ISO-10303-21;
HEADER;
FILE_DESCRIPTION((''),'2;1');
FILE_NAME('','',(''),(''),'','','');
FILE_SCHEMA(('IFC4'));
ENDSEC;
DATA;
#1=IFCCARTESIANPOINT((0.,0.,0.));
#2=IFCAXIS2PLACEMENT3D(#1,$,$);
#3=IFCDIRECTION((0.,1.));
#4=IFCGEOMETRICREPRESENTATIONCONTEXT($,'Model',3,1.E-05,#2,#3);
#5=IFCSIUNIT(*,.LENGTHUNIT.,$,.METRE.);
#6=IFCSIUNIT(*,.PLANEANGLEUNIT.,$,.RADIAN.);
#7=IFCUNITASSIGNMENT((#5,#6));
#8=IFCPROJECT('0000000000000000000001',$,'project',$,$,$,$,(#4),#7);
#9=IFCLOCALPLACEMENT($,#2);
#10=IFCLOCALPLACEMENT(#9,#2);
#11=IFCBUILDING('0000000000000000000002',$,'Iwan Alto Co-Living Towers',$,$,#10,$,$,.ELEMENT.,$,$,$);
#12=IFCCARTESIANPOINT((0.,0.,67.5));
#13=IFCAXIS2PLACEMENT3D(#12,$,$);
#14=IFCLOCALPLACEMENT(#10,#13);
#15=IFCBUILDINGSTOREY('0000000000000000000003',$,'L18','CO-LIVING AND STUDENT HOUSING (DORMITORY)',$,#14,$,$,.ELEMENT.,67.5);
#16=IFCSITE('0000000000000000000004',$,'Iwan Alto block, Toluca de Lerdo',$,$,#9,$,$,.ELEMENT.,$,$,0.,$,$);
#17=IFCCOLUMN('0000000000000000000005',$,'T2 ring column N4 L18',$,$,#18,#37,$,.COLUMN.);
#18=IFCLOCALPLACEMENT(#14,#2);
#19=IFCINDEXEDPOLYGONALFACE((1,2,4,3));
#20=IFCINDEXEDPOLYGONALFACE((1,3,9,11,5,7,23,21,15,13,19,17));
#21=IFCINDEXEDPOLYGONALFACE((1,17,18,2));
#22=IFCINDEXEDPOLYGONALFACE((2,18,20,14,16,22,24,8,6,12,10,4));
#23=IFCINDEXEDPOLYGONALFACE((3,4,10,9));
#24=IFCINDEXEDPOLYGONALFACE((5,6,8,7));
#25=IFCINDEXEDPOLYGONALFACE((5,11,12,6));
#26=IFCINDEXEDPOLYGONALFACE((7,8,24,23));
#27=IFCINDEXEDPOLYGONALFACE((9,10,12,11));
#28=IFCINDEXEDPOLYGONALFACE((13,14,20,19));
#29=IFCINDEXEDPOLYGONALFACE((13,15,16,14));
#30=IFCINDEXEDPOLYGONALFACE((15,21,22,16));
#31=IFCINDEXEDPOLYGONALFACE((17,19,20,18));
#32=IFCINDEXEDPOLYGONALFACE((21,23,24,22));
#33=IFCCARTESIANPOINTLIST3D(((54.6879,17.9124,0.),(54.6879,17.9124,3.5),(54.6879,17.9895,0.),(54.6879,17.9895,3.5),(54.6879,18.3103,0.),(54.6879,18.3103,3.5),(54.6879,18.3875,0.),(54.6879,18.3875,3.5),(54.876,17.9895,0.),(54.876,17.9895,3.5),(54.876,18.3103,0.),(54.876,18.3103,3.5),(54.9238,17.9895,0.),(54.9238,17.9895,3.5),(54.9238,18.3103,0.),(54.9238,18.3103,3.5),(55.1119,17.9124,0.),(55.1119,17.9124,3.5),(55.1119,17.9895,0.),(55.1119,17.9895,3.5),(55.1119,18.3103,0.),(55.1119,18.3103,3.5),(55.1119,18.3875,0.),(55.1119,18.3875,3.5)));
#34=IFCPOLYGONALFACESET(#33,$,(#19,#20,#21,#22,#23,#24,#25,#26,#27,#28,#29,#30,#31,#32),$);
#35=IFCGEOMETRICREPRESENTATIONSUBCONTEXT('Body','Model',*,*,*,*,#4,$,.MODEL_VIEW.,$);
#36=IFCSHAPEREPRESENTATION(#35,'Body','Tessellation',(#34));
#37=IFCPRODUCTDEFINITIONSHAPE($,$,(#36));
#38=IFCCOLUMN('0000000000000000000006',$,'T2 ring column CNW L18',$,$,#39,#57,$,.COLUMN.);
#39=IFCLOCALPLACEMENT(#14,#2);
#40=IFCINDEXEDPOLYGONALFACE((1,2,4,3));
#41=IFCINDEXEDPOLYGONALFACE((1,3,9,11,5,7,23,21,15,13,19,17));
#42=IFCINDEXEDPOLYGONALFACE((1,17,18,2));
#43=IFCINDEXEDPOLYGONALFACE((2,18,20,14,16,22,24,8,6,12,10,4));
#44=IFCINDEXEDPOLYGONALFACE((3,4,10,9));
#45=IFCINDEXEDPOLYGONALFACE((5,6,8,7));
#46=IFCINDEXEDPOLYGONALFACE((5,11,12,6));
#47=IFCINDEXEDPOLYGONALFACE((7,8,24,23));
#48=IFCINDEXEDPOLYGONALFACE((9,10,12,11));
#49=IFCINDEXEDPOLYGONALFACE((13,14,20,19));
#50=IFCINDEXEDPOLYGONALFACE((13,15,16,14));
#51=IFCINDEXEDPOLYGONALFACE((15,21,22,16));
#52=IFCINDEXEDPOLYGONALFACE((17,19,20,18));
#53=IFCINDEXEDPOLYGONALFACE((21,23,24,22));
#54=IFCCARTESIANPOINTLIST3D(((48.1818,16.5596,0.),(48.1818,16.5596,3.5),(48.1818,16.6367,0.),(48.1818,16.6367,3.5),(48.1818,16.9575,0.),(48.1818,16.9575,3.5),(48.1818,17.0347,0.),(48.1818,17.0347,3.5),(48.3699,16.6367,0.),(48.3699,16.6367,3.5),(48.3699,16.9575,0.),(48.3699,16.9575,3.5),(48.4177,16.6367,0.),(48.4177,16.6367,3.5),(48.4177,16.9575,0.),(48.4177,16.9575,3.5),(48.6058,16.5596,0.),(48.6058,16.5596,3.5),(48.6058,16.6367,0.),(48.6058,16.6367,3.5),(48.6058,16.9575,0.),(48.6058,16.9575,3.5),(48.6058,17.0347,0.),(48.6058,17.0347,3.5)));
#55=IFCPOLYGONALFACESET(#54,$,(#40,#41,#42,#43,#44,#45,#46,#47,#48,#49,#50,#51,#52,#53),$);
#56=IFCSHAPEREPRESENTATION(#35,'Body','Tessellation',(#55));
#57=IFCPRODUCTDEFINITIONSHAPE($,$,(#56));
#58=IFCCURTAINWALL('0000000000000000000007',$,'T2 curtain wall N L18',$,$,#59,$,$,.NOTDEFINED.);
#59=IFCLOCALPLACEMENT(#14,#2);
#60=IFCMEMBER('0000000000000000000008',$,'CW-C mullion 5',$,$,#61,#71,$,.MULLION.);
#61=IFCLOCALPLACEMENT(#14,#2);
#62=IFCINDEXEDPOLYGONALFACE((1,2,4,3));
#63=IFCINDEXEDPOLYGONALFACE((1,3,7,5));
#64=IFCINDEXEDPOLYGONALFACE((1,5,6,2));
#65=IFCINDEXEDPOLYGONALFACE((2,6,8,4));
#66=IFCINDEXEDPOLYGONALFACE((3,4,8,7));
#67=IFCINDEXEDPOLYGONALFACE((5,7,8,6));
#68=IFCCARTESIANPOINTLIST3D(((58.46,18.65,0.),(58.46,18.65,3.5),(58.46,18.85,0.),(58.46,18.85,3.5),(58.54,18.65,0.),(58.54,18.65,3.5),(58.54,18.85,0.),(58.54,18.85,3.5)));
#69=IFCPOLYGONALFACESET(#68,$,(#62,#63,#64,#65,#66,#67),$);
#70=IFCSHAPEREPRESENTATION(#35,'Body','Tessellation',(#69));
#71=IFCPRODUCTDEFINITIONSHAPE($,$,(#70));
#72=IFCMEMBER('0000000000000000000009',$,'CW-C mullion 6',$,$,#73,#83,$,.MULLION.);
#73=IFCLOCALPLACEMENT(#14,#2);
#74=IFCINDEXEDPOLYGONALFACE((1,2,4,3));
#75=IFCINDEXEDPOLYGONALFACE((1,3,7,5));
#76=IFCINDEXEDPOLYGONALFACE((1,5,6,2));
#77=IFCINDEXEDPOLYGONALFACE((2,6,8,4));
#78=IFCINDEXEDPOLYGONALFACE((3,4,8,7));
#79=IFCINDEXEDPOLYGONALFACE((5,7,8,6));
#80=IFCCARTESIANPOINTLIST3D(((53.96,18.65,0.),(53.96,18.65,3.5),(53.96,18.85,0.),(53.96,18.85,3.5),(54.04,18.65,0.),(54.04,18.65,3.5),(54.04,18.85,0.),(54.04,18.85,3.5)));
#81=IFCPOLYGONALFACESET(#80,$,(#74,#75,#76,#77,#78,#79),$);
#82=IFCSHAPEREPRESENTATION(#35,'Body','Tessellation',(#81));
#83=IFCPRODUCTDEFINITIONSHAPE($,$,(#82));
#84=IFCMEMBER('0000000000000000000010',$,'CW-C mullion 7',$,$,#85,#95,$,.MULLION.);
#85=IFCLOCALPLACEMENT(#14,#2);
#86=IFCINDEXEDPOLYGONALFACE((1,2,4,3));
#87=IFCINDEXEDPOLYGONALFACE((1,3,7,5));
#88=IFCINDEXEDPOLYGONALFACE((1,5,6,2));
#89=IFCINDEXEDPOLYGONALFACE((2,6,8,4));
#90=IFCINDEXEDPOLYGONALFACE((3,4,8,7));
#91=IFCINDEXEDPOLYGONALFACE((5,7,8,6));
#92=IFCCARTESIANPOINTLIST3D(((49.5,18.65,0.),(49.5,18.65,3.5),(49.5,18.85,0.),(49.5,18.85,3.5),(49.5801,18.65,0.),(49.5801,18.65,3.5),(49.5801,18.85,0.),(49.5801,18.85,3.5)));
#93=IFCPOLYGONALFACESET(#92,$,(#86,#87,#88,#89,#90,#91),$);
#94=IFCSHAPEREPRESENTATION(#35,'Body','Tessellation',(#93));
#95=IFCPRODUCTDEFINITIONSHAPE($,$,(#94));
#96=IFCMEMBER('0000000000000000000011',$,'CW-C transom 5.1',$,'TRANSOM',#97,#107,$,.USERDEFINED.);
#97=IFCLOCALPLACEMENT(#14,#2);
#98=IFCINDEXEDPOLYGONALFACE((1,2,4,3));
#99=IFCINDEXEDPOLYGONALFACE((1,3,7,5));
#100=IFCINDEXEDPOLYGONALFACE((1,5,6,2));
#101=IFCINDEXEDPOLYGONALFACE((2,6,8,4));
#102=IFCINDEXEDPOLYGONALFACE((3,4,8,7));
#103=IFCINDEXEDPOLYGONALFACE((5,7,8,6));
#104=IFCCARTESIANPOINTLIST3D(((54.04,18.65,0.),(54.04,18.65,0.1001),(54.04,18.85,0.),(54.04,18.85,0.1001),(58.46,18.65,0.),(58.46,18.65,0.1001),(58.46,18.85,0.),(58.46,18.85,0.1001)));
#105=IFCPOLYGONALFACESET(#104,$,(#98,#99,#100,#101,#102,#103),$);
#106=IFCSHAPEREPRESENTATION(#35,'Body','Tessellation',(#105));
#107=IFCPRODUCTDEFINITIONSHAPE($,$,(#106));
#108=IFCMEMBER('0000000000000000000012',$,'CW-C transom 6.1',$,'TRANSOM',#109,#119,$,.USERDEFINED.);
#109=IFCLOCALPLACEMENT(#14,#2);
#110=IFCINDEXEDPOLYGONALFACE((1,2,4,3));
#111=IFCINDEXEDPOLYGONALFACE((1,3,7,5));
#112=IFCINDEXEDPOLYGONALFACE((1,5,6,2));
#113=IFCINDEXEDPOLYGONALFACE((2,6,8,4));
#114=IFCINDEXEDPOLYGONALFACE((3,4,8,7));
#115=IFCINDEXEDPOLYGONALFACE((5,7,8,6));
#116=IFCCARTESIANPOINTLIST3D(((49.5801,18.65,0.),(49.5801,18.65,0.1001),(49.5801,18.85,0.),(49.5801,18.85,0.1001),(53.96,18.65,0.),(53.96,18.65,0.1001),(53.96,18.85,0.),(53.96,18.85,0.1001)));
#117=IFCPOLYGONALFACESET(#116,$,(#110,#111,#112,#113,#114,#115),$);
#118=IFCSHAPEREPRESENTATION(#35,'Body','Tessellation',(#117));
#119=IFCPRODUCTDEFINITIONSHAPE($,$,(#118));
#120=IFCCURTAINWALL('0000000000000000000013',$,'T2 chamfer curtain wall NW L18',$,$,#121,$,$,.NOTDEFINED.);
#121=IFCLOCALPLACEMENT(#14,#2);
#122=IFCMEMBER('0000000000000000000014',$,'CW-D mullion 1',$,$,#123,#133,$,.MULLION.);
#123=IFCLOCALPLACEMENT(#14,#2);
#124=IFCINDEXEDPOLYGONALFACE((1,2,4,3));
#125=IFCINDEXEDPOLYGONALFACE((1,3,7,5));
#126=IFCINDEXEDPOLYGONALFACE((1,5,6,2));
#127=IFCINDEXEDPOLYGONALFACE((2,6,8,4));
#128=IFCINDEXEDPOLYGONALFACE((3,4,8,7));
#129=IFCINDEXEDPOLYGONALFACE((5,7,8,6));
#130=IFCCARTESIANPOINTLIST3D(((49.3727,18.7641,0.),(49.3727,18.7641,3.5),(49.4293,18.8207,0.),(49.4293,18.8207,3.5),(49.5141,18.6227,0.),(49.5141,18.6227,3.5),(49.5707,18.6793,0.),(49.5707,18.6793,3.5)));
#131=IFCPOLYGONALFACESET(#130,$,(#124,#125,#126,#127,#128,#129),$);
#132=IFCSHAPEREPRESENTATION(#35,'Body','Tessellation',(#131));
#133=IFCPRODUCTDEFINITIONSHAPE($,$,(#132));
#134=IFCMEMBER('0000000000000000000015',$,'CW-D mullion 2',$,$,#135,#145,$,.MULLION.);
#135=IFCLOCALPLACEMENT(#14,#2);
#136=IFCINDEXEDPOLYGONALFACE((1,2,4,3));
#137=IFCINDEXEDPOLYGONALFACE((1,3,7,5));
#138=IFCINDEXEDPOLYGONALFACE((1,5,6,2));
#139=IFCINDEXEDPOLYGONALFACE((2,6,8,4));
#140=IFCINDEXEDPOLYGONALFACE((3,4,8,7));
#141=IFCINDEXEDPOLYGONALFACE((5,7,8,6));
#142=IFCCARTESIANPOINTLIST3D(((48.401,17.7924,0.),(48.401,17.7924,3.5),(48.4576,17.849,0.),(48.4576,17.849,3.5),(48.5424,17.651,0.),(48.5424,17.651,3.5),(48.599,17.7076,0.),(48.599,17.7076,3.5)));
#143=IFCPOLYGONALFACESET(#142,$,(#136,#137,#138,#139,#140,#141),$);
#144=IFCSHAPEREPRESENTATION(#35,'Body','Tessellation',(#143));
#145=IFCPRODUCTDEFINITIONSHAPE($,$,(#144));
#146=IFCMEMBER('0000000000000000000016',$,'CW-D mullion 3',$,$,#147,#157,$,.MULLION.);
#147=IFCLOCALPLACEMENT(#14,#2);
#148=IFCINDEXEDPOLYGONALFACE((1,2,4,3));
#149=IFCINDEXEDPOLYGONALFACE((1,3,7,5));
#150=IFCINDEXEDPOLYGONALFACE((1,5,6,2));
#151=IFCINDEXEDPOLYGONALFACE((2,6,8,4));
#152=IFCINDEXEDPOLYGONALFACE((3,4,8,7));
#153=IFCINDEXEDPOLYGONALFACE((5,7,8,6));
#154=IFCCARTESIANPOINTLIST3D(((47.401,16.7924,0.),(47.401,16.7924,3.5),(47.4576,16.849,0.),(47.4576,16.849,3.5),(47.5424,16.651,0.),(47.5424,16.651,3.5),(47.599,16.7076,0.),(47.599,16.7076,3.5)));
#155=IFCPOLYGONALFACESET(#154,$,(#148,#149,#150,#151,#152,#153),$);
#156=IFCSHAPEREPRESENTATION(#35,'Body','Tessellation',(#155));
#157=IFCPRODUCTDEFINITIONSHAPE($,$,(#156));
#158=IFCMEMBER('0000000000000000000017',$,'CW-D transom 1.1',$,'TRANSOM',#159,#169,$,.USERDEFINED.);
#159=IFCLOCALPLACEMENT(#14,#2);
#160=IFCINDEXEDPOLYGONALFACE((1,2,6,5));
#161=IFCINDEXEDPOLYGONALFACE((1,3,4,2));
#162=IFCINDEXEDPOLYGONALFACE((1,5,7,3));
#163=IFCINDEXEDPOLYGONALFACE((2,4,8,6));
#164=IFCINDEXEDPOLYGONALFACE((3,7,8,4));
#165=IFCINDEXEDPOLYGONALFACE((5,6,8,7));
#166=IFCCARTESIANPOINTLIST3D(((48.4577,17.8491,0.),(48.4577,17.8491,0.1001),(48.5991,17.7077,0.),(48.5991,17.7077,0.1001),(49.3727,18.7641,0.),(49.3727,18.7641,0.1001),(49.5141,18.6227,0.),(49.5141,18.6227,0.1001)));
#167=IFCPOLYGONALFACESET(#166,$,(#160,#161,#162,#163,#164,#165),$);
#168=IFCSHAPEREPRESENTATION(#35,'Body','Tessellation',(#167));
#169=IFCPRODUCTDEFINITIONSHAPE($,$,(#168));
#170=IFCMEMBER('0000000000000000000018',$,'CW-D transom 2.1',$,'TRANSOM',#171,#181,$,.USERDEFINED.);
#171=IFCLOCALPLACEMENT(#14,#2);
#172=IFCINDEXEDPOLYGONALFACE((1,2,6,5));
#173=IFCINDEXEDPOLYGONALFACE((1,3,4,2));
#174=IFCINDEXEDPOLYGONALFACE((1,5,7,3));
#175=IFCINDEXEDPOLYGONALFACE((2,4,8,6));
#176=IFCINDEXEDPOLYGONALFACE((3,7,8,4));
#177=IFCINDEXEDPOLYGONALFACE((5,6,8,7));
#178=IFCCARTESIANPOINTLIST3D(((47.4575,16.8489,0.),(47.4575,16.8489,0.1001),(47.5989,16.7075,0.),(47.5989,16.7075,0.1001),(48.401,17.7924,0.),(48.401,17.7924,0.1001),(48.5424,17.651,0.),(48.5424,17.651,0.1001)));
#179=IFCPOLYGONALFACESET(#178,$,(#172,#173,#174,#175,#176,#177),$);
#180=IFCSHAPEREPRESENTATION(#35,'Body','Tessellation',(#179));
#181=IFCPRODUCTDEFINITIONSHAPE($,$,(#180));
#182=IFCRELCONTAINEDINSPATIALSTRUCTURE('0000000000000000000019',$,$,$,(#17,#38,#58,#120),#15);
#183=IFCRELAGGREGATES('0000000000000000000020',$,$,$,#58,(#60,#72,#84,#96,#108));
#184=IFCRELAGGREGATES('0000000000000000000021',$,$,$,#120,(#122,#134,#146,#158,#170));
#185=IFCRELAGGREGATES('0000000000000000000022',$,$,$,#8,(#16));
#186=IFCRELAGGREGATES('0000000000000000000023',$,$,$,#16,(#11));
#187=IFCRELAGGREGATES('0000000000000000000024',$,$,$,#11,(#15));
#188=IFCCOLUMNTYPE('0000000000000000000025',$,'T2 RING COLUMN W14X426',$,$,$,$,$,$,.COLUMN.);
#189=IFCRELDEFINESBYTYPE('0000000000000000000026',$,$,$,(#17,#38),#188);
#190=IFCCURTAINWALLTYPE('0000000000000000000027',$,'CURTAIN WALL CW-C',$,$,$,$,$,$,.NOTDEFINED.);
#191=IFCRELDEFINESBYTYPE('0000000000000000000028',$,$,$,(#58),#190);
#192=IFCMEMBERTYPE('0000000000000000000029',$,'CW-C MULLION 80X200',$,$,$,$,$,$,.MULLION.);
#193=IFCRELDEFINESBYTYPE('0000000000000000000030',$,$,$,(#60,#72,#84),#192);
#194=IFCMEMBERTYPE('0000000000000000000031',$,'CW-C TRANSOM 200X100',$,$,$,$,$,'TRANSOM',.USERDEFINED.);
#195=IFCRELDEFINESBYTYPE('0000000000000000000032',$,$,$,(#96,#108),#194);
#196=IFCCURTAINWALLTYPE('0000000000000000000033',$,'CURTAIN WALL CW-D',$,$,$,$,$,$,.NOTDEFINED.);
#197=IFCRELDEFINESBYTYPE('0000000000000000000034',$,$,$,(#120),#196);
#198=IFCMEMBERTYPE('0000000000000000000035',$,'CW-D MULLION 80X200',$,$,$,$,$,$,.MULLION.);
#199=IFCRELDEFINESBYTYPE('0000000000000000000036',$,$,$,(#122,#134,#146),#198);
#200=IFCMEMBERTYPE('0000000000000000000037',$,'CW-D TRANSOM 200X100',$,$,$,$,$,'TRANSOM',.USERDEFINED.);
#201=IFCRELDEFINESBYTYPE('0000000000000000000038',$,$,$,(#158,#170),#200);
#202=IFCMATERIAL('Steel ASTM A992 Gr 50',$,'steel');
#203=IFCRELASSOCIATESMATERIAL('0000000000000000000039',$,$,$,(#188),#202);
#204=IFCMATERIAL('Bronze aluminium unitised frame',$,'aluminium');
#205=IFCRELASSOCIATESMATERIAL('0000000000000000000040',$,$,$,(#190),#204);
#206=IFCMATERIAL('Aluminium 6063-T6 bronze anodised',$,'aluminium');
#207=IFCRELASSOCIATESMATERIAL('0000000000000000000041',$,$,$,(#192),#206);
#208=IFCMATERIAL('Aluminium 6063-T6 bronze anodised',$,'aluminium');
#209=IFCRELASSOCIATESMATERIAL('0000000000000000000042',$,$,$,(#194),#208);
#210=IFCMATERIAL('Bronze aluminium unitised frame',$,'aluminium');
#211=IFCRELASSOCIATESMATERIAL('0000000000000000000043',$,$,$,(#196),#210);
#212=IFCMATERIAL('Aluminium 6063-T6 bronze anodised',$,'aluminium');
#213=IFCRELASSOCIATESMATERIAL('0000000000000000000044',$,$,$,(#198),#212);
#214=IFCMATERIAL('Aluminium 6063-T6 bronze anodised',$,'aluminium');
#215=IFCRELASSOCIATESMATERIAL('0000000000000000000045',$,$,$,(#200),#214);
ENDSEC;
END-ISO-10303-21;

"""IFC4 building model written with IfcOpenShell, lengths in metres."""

from ifc_helpers import new_model, si_unit, direction, frame, origin, origin_2d, place, context, subcontext, project, spatial, rectangle, i_section, extrude, material, material_profile, profile_set, type_object, element, aggregate, save


model = new_model("IFC4")

# Units and contexts
model_context = context("Model", 3, precision=1e-05, world=origin(), true_north=direction((0.0, 1.0)))
body_context = subcontext(model_context, "Body", "Model", "MODEL_VIEW")
ifc_project = project(units=[si_unit("LENGTHUNIT", "METRE"), si_unit("PLANEANGLEUNIT", "RADIAN")], contexts=[model_context])

# Site, building, storey
site_placement = place(None, origin())
site = spatial("IfcSite", under=ifc_project, at=site_placement, Name="Iwan Alto block, Toluca de Lerdo", CompositionType="ELEMENT", RefElevation=0.0)
building_placement = place(site_placement, origin())
building = spatial("IfcBuilding", under=site, at=building_placement, Name="Iwan Alto Co-Living Towers", CompositionType="ELEMENT")
storey_placement = place(building_placement, frame((0.0, 0.0, 67.5)))
storey = spatial("IfcBuildingStorey", under=building, at=storey_placement, Name="L18", Description="CO-LIVING AND STUDENT HOUSING (DORMITORY)", CompositionType="ELEMENT", Elevation=67.5)

# Columns
ifc_material_1 = material(Name="Steel ASTM A992 Gr 50", Category="steel")
ifc_material_profile_1 = material_profile(ifc_material_1, i_section(OverallWidth=0.4241, OverallDepth=0.4751, WebThickness=0.0479, FlangeThickness=0.0771, at=origin_2d()), Name="W14X426")
ifc_profile_set_1 = profile_set([ifc_material_profile_1], Name="Steel ASTM A992 Gr 50")
column_type = type_object("IfcColumnType", Name="T2 RING COLUMN W14X426", PredefinedType="COLUMN", material=ifc_profile_set_1)
for number, where, z_axis, x_axis, name in (
    (1, (54.8999, 18.1499, 0.0), (0.0, 0.0, 1.0), (1.0, 0.0, 0.0), "T2 ring column N4 L18"),
    (2, (48.3938, 16.7971, 0.0), (0.0, 0.0, 1.0), (1.0, 0.0, 0.0), "T2 ring column CNW L18"),
):
    element("IfcColumn", number, at=place(storey_placement, frame(where, z_axis=z_axis, x_axis=x_axis)), inside=storey, type_object=column_type, Name=name, PredefinedType="COLUMN", context=body_context, shape_type="SweptSolid", body=[
        extrude(i_section(OverallWidth=0.4241, OverallDepth=0.4751, WebThickness=0.0479, FlangeThickness=0.0771, at=origin_2d()), origin(), (0.0, 0.0, 1.0), 3.5),
    ])

# Curtain walls, members
ifc_material_2 = material(Name="Bronze aluminium unitised frame", Category="aluminium")
curtain_wall_type_1 = type_object("IfcCurtainWallType", Name="CURTAIN WALL CW-C", PredefinedType="NOTDEFINED", material=ifc_material_2)
curtain_wall_1_placement = place(storey_placement, origin())
curtain_wall_1 = element("IfcCurtainWall", 3, at=curtain_wall_1_placement, inside=storey, type_object=curtain_wall_type_1, Name="T2 curtain wall N L18", PredefinedType="NOTDEFINED")
ifc_material_3 = material(Name="Aluminium 6063-T6 bronze anodised", Category="aluminium")
ifc_material_profile_2 = material_profile(ifc_material_3, rectangle(XDim=0.2, YDim=0.0801, at=origin_2d()), Name="AL 80X200")
ifc_profile_set_2 = profile_set([ifc_material_profile_2], Name="Aluminium 6063-T6 bronze anodised")
member_type_1 = type_object("IfcMemberType", Name="CW-C MULLION 80X200", PredefinedType="MULLION", material=ifc_profile_set_2)
member_1_placement = place(storey_placement, frame((58.5, 18.75, 0.0), z_axis=(0.0, 0.0, 1.0), x_axis=(0.0, -1.0, 0.0)))
member_1 = element("IfcMember", 4, at=member_1_placement, type_object=member_type_1, Name="CW-C mullion 5", PredefinedType="MULLION", context=body_context, shape_type="SweptSolid", body=[
    extrude(rectangle(XDim=0.2, YDim=0.0801, at=origin_2d()), origin(), (0.0, 0.0, 1.0), 3.5),
])
member_2_placement = place(storey_placement, frame((54.0, 18.75, 0.0), z_axis=(0.0, 0.0, 1.0), x_axis=(0.0, -1.0, 0.0)))
member_2 = element("IfcMember", 5, at=member_2_placement, type_object=member_type_1, Name="CW-C mullion 6", PredefinedType="MULLION", context=body_context, shape_type="SweptSolid", body=[
    extrude(rectangle(XDim=0.2, YDim=0.0801, at=origin_2d()), origin(), (0.0, 0.0, 1.0), 3.5),
])
member_3_placement = place(storey_placement, frame((49.54, 18.75, 0.0), z_axis=(0.0, 0.0, 1.0), x_axis=(0.0, -1.0, 0.0)))
member_3 = element("IfcMember", 6, at=member_3_placement, type_object=member_type_1, Name="CW-C mullion 7", PredefinedType="MULLION", context=body_context, shape_type="SweptSolid", body=[
    extrude(rectangle(XDim=0.2, YDim=0.0801, at=origin_2d()), origin(), (0.0, 0.0, 1.0), 3.5),
])
ifc_material_4 = material(Name="Aluminium 6063-T6 bronze anodised", Category="aluminium")
ifc_material_profile_3 = material_profile(ifc_material_4, rectangle(XDim=0.2, YDim=0.1001, at=origin_2d()), Name="AL 200X100")
ifc_profile_set_3 = profile_set([ifc_material_profile_3], Name="Aluminium 6063-T6 bronze anodised")
member_type_2 = type_object("IfcMemberType", Name="CW-C TRANSOM 200X100", ElementType="TRANSOM", PredefinedType="USERDEFINED", material=ifc_profile_set_3)
member_4_placement = place(storey_placement, frame((58.46, 18.75, 0.05), z_axis=(-1.0, 0.0, 0.0), x_axis=(0.0, -1.0, 0.0)))
member_4 = element("IfcMember", 7, at=member_4_placement, type_object=member_type_2, Name="CW-C transom 5.1", ObjectType="TRANSOM", PredefinedType="USERDEFINED", context=body_context, shape_type="SweptSolid", body=[
    extrude(rectangle(XDim=0.2, YDim=0.1001, at=origin_2d()), origin(), (0.0, 0.0, 1.0), 4.4199),
])
member_5_placement = place(storey_placement, frame((53.96, 18.75, 0.05), z_axis=(-1.0, 0.0, 0.0), x_axis=(0.0, -1.0, 0.0)))
member_5 = element("IfcMember", 8, at=member_5_placement, type_object=member_type_2, Name="CW-C transom 6.1", ObjectType="TRANSOM", PredefinedType="USERDEFINED", context=body_context, shape_type="SweptSolid", body=[
    extrude(rectangle(XDim=0.2, YDim=0.1001, at=origin_2d()), origin(), (0.0, 0.0, 1.0), 4.3799),
])
ifc_material_5 = material(Name="Bronze aluminium unitised frame", Category="aluminium")
curtain_wall_type_2 = type_object("IfcCurtainWallType", Name="CURTAIN WALL CW-D", PredefinedType="NOTDEFINED", material=ifc_material_5)
curtain_wall_2_placement = place(storey_placement, origin())
curtain_wall_2 = element("IfcCurtainWall", 9, at=curtain_wall_2_placement, inside=storey, type_object=curtain_wall_type_2, Name="T2 chamfer curtain wall NW L18", PredefinedType="NOTDEFINED")
ifc_material_6 = material(Name="Aluminium 6063-T6 bronze anodised", Category="aluminium")
ifc_material_profile_4 = material_profile(ifc_material_6, rectangle(XDim=0.2, YDim=0.0801, at=origin_2d()), Name="AL 80X200")
ifc_profile_set_4 = profile_set([ifc_material_profile_4], Name="Aluminium 6063-T6 bronze anodised")
member_type_3 = type_object("IfcMemberType", Name="CW-D MULLION 80X200", PredefinedType="MULLION", material=ifc_profile_set_4)
member_6_placement = place(storey_placement, frame((49.4717, 18.7217, 0.0), z_axis=(0.0, 0.0, 1.0), x_axis=(0.707107, -0.707107, 0.0)))
member_6 = element("IfcMember", 10, at=member_6_placement, type_object=member_type_3, Name="CW-D mullion 1", PredefinedType="MULLION", context=body_context, shape_type="SweptSolid", body=[
    extrude(rectangle(XDim=0.2, YDim=0.0801, at=origin_2d()), origin(), (0.0, 0.0, 1.0), 3.5),
])
member_7_placement = place(storey_placement, frame((48.5, 17.75, 0.0), z_axis=(0.0, 0.0, 1.0), x_axis=(0.707107, -0.707107, 0.0)))
member_7 = element("IfcMember", 11, at=member_7_placement, type_object=member_type_3, Name="CW-D mullion 2", PredefinedType="MULLION", context=body_context, shape_type="SweptSolid", body=[
    extrude(rectangle(XDim=0.2, YDim=0.0801, at=origin_2d()), origin(), (0.0, 0.0, 1.0), 3.5),
])
member_8_placement = place(storey_placement, frame((47.5, 16.75, 0.0), z_axis=(0.0, 0.0, 1.0), x_axis=(0.707107, -0.707107, 0.0)))
member_8 = element("IfcMember", 12, at=member_8_placement, type_object=member_type_3, Name="CW-D mullion 3", PredefinedType="MULLION", context=body_context, shape_type="SweptSolid", body=[
    extrude(rectangle(XDim=0.2, YDim=0.0801, at=origin_2d()), origin(), (0.0, 0.0, 1.0), 3.5),
])
ifc_material_7 = material(Name="Aluminium 6063-T6 bronze anodised", Category="aluminium")
ifc_material_profile_5 = material_profile(ifc_material_7, rectangle(XDim=0.2, YDim=0.1001, at=origin_2d()), Name="AL 200X100")
ifc_profile_set_5 = profile_set([ifc_material_profile_5], Name="Aluminium 6063-T6 bronze anodised")
member_type_4 = type_object("IfcMemberType", Name="CW-D TRANSOM 200X100", ElementType="TRANSOM", PredefinedType="USERDEFINED", material=ifc_profile_set_5)
member_9_placement = place(storey_placement, frame((49.4434, 18.6934, 0.05), z_axis=(-0.707107, -0.707107, 0.0), x_axis=(0.707107, -0.707107, 0.0)))
member_9 = element("IfcMember", 13, at=member_9_placement, type_object=member_type_4, Name="CW-D transom 1.1", ObjectType="TRANSOM", PredefinedType="USERDEFINED", context=body_context, shape_type="SweptSolid", body=[
    extrude(rectangle(XDim=0.2, YDim=0.1001, at=origin_2d()), origin(), (0.0, 0.0, 1.0), 1.2939),
])
member_10_placement = place(storey_placement, frame((48.4717, 17.7217, 0.05), z_axis=(-0.707107, -0.707107, 0.0), x_axis=(0.707107, -0.707107, 0.0)))
member_10 = element("IfcMember", 14, at=member_10_placement, type_object=member_type_4, Name="CW-D transom 2.1", ObjectType="TRANSOM", PredefinedType="USERDEFINED", context=body_context, shape_type="SweptSolid", body=[
    extrude(rectangle(XDim=0.2, YDim=0.1001, at=origin_2d()), origin(), (0.0, 0.0, 1.0), 1.3342),
])

aggregate(curtain_wall_1, [member_1, member_2, member_3, member_4, member_5])
aggregate(curtain_wall_2, [member_6, member_7, member_8, member_9, member_10])

save(model, "model.ifc")
